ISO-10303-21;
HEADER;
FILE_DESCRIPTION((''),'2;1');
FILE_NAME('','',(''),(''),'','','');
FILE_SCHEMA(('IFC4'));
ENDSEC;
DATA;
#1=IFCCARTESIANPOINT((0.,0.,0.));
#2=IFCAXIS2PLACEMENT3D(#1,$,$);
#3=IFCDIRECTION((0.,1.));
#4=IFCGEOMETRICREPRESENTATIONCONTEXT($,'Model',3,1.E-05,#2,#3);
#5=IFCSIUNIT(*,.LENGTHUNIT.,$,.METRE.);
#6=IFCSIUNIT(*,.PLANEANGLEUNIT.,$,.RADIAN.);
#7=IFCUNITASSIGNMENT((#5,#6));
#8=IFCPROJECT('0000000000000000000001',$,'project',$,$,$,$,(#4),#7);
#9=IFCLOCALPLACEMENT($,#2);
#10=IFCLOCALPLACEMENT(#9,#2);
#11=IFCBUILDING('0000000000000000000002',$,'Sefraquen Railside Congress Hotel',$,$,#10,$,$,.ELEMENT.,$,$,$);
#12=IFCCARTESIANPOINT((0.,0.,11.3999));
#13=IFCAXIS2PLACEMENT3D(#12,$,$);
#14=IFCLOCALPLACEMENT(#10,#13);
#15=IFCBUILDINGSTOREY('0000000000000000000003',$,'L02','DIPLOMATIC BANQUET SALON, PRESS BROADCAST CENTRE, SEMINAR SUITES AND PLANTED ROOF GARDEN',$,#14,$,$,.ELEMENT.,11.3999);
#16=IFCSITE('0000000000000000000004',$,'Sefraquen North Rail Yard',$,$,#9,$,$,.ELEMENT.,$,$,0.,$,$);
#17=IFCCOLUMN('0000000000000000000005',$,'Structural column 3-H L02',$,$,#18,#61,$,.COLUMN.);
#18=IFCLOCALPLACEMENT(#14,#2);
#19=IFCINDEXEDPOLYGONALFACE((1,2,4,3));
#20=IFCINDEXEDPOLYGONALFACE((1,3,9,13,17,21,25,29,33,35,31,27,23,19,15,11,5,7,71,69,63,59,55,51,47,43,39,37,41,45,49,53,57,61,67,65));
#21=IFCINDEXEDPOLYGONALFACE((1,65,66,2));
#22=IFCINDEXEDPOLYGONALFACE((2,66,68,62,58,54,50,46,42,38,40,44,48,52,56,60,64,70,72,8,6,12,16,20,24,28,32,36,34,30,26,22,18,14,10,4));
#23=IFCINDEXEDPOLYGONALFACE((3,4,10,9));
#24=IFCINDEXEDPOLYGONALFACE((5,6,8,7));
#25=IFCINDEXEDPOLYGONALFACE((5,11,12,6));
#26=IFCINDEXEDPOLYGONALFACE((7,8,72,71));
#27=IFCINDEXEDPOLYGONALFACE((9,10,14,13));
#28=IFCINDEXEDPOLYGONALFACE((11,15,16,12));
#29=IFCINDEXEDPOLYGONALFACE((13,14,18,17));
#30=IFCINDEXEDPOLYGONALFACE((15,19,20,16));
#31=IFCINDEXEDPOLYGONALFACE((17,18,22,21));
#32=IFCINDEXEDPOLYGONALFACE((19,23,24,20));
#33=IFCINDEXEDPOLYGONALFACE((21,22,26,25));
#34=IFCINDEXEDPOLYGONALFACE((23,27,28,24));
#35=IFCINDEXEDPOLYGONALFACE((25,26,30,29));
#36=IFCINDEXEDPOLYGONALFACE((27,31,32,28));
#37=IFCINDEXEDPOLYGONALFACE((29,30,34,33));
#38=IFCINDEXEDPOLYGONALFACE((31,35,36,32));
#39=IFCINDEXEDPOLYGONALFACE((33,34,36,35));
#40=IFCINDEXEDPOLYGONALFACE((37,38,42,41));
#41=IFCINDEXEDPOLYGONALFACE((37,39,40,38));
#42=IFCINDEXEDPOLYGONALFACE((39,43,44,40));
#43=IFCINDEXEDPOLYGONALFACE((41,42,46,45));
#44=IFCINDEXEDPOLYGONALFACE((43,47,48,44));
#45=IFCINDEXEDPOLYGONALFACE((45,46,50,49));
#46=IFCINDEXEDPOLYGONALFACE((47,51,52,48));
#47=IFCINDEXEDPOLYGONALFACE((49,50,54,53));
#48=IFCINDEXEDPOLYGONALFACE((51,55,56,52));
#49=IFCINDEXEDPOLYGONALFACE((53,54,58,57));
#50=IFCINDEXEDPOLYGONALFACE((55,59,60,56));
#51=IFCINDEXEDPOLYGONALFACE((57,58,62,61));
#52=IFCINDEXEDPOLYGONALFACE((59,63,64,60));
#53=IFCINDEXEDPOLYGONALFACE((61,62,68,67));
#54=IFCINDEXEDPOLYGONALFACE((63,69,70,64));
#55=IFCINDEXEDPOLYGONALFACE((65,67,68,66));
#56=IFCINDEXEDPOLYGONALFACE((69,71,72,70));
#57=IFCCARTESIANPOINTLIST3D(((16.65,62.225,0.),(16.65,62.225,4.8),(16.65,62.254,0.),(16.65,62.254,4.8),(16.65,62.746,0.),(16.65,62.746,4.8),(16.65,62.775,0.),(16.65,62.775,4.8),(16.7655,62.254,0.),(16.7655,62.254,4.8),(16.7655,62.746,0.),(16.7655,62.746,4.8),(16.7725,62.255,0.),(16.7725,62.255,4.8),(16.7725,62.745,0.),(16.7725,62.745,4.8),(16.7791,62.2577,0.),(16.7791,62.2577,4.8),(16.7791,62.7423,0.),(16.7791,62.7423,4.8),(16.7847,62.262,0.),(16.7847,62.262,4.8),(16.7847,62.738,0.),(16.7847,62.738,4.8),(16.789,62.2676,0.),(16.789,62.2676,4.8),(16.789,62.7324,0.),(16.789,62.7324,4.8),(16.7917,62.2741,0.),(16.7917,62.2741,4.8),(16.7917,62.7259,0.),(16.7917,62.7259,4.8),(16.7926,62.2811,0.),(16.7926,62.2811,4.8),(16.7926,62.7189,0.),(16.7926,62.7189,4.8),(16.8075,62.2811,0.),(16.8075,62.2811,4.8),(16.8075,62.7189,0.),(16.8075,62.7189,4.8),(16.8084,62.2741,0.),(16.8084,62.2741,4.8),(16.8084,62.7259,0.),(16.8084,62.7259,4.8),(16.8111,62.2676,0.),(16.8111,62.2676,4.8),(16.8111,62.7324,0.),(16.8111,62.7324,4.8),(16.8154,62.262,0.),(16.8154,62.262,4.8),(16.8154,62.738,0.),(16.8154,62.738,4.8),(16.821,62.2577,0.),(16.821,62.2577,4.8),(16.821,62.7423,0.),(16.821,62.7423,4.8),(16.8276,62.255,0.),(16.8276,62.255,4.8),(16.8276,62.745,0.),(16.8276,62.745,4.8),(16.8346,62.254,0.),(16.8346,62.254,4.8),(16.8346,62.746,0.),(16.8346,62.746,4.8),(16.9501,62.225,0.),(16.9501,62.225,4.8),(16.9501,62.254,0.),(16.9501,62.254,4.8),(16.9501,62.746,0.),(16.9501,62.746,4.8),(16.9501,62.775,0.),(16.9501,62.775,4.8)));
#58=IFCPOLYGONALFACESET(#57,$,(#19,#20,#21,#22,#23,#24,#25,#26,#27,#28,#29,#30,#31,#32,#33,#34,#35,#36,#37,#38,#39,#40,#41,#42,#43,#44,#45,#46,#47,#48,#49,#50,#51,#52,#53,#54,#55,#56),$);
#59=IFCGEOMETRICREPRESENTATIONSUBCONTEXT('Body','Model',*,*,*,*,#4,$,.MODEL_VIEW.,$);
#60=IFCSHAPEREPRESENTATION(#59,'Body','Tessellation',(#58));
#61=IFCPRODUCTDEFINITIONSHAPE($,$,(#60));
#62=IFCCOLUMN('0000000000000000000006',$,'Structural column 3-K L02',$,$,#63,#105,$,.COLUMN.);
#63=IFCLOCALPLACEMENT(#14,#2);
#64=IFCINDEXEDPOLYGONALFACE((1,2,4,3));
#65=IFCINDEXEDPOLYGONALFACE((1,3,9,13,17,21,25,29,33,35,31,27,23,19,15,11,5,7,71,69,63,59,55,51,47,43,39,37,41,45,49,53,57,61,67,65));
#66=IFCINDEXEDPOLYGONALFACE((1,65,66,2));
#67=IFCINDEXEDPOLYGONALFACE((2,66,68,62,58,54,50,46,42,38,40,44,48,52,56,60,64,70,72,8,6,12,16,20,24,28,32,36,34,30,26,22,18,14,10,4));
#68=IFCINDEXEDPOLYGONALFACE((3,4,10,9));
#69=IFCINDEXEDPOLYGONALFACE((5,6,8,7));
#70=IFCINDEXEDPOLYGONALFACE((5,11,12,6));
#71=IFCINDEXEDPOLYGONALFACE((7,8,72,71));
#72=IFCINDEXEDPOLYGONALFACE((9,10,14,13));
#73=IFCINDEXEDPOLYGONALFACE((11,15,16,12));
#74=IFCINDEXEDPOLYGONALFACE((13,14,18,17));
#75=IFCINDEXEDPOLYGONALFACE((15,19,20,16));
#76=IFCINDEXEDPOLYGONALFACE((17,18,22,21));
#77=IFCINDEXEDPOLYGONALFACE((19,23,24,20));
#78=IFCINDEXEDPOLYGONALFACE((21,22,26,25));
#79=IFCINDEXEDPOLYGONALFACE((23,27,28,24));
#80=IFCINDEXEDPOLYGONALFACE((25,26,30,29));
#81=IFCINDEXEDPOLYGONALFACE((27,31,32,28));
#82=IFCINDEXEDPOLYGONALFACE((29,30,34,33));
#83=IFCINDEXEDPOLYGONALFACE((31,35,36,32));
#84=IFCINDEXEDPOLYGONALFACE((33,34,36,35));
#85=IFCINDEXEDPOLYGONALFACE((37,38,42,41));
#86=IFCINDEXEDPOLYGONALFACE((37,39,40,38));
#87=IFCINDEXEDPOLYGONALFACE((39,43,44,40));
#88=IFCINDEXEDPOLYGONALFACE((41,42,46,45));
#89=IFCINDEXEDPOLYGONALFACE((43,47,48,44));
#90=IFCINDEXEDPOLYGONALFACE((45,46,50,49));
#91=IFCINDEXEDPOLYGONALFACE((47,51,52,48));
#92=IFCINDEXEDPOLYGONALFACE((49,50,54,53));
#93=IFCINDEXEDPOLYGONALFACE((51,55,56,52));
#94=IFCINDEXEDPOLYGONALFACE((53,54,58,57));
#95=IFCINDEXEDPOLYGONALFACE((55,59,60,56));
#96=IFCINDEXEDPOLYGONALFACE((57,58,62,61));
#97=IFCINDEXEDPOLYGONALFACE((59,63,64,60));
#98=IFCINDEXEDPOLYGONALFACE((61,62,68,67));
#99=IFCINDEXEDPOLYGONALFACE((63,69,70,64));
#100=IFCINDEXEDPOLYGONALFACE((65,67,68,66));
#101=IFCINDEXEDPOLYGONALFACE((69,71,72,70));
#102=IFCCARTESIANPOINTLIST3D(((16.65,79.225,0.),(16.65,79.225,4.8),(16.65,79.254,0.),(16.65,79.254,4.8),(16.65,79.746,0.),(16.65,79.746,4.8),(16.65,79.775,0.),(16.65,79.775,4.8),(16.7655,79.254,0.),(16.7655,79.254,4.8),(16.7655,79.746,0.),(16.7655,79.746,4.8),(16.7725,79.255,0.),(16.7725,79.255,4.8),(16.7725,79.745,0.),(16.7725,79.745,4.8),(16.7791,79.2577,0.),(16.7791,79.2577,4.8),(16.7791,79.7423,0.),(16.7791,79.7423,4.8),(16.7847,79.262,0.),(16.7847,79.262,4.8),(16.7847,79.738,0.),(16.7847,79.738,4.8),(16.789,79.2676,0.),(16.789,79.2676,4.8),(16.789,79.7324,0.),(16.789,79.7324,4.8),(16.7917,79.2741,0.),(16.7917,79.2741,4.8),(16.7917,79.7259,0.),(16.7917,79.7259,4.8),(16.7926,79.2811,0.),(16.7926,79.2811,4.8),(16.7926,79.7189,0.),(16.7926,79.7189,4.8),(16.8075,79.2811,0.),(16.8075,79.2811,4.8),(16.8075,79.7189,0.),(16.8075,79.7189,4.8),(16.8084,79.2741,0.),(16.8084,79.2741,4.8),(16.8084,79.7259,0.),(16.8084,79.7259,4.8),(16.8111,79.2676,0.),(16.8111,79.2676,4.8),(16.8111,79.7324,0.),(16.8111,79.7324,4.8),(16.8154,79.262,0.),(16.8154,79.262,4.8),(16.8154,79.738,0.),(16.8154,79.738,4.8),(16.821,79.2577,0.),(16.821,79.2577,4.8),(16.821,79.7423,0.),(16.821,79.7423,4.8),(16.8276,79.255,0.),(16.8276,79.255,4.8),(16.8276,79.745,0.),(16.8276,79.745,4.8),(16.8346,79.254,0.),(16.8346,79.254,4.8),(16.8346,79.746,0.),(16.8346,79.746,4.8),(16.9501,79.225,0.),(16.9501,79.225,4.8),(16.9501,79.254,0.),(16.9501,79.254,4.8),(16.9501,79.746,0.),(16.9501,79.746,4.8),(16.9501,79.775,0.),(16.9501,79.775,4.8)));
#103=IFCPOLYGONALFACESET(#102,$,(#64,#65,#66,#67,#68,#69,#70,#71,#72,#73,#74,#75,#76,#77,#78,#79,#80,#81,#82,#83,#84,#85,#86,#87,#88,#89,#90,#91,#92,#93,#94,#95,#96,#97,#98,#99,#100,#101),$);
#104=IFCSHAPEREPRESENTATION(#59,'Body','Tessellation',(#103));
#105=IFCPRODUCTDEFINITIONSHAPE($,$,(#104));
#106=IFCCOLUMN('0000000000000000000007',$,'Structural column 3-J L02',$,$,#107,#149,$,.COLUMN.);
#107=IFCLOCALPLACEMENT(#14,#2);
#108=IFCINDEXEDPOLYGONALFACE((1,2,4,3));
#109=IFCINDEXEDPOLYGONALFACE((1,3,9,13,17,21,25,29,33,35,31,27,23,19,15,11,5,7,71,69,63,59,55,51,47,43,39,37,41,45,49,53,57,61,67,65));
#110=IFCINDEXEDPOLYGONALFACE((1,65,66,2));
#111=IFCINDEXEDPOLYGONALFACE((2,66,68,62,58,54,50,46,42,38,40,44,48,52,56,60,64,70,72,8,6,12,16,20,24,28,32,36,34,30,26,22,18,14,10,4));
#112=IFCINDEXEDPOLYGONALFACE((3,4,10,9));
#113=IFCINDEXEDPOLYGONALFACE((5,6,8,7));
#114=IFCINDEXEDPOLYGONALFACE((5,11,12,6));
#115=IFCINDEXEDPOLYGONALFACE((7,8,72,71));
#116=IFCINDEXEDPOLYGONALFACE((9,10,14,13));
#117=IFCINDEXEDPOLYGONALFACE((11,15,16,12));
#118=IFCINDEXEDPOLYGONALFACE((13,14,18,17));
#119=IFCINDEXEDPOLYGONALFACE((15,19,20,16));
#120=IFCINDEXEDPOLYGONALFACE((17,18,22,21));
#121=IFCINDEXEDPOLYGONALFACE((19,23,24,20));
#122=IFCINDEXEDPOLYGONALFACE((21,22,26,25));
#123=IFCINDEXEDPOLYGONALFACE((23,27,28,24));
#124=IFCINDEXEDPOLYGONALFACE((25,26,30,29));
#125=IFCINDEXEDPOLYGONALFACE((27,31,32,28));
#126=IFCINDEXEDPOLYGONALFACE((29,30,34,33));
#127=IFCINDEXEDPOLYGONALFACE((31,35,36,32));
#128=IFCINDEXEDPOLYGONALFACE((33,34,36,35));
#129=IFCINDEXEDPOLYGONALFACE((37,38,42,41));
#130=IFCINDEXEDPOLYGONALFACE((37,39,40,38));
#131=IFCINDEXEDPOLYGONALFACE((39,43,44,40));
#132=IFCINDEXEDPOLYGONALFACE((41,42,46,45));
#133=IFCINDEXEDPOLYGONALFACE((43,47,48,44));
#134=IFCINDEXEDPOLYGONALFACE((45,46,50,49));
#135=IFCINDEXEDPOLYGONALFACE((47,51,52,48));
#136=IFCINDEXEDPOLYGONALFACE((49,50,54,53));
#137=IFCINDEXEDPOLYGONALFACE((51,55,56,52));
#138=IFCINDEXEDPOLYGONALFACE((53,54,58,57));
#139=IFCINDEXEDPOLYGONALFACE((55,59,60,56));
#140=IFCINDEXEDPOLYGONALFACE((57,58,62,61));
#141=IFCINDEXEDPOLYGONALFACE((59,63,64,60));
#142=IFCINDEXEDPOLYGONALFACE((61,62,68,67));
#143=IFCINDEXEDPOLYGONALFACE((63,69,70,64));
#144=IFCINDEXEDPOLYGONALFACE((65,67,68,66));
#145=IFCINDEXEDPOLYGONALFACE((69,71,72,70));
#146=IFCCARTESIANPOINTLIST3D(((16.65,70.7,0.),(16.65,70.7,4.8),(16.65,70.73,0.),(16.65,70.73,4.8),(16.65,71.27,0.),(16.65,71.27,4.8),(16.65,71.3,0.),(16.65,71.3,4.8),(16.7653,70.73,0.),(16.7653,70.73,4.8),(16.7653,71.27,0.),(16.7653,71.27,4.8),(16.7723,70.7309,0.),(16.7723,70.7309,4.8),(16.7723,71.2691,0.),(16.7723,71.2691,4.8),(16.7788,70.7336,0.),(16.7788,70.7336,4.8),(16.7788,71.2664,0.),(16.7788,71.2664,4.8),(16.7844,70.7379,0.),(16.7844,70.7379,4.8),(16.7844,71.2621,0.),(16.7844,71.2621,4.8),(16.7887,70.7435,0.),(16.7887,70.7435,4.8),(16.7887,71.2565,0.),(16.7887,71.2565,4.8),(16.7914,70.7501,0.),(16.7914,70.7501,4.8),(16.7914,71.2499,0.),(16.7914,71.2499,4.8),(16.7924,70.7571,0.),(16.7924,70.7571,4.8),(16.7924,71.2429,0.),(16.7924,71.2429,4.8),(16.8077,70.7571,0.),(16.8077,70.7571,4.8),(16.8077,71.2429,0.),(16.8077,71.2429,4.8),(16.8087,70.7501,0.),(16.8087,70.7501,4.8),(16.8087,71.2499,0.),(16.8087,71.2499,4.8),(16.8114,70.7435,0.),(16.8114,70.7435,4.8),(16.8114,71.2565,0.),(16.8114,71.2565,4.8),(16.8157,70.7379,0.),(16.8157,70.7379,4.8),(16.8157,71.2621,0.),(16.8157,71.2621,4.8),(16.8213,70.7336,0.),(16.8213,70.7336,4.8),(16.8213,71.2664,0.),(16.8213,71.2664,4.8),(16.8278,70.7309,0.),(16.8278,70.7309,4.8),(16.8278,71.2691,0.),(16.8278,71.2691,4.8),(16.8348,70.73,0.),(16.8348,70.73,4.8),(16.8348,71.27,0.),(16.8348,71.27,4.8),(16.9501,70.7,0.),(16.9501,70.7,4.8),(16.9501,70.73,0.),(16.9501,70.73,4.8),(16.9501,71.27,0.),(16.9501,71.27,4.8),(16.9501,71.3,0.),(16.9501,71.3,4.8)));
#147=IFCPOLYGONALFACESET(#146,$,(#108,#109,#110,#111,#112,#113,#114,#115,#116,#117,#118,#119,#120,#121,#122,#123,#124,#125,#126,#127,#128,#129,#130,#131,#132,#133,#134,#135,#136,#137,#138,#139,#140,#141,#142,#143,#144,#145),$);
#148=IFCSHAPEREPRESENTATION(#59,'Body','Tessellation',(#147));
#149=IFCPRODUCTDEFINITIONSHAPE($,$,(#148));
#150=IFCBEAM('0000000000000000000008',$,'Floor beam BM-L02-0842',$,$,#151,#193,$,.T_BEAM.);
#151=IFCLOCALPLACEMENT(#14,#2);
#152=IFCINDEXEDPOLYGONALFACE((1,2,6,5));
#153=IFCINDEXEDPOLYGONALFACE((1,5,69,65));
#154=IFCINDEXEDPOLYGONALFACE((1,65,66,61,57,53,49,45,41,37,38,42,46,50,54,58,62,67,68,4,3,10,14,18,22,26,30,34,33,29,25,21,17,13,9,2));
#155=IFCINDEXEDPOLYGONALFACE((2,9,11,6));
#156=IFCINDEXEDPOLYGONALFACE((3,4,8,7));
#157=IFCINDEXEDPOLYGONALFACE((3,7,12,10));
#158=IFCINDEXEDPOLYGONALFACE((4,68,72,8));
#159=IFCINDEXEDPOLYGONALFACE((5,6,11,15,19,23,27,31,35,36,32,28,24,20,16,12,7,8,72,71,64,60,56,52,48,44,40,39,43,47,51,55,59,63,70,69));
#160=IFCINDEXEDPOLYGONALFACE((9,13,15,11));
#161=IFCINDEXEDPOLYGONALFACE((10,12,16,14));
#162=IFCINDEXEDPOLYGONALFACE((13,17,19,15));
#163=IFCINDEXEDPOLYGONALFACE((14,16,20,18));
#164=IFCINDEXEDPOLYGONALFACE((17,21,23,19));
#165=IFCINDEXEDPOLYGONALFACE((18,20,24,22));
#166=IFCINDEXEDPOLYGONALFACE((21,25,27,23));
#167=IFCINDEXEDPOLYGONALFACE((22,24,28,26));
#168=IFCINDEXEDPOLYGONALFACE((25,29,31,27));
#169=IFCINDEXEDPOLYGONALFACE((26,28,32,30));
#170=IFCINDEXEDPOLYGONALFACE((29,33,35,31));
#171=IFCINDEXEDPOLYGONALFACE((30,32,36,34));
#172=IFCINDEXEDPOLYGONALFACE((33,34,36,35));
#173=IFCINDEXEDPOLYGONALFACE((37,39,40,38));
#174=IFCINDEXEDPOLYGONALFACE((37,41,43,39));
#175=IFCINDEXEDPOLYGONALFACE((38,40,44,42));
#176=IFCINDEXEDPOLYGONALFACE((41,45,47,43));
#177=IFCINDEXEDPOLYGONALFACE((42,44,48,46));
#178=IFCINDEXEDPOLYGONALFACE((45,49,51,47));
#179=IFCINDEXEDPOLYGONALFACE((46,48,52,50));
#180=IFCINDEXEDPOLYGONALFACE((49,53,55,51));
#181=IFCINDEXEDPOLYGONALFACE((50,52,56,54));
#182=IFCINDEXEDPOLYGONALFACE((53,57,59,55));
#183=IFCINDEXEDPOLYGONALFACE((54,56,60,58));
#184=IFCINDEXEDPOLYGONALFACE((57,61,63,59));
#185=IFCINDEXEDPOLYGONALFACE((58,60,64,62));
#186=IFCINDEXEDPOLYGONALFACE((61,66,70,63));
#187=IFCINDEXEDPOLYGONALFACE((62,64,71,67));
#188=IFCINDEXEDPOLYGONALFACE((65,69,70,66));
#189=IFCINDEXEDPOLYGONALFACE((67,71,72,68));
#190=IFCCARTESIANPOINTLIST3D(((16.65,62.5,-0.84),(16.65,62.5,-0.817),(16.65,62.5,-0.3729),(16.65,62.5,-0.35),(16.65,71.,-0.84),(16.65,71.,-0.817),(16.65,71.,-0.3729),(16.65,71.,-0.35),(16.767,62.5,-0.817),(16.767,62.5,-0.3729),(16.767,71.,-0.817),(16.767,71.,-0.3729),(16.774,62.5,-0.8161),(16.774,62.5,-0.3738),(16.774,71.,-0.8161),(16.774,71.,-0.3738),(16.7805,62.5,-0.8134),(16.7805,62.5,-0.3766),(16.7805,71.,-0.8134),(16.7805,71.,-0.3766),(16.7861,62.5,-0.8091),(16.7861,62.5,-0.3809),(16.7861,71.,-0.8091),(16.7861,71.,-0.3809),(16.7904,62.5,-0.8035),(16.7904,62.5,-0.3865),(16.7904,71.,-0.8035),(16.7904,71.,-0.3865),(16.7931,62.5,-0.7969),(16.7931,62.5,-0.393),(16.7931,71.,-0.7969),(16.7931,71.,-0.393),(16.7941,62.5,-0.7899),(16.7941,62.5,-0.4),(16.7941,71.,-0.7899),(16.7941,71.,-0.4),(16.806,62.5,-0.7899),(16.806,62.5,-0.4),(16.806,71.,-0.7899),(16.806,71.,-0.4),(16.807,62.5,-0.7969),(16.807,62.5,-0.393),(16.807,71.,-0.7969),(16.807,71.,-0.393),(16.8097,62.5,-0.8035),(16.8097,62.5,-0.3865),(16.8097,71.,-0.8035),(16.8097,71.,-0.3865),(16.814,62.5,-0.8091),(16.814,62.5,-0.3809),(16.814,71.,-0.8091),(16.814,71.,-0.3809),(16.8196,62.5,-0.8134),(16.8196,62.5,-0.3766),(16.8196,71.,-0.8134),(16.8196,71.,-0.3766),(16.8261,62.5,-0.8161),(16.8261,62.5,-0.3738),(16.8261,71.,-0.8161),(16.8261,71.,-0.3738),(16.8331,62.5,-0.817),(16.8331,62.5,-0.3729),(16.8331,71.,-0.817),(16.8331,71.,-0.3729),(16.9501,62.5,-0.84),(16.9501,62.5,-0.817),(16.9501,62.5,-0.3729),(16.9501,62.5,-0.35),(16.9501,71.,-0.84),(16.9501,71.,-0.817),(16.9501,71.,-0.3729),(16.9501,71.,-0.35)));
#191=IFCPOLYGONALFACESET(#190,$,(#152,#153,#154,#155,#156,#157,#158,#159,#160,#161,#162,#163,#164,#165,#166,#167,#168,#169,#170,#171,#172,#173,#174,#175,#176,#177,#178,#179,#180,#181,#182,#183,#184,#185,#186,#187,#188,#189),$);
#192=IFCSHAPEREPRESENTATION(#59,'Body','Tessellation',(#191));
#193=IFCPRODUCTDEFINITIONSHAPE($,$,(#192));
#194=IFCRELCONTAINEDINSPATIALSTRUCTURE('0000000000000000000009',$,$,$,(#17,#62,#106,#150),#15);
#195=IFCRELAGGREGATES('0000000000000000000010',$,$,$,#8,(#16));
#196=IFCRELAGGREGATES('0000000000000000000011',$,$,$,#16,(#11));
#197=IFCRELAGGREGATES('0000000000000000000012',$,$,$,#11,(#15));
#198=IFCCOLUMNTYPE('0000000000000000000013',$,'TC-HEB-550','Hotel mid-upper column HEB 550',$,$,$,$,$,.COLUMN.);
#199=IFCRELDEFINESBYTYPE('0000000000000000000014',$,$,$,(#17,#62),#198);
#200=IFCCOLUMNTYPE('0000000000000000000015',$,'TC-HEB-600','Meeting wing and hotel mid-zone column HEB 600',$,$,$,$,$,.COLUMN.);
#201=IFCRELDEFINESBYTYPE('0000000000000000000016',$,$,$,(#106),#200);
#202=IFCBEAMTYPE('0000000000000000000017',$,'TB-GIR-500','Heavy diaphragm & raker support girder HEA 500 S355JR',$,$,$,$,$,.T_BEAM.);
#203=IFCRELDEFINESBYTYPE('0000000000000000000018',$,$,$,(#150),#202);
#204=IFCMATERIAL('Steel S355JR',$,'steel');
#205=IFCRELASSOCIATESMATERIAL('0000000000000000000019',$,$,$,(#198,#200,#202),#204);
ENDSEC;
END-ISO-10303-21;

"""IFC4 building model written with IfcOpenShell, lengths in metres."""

from ifc_helpers import new_model, si_unit, direction, frame, origin, origin_2d, place, context, subcontext, project, spatial, i_section, extrude, material, material_profile, profile_set, type_object, element, save


model = new_model("IFC4")

# Units and contexts
model_context = context("Model", 3, precision=1e-05, world=origin(), true_north=direction((0.0, 1.0)))
body_context = subcontext(model_context, "Body", "Model", "MODEL_VIEW")
ifc_project = project(units=[si_unit("LENGTHUNIT", "METRE"), si_unit("PLANEANGLEUNIT", "RADIAN")], contexts=[model_context])

# Site, building, storey
site_placement = place(None, origin())
site = spatial("IfcSite", under=ifc_project, at=site_placement, Name="Sefraquen North Rail Yard", CompositionType="ELEMENT", RefElevation=0.0)
building_placement = place(site_placement, origin())
building = spatial("IfcBuilding", under=site, at=building_placement, Name="Sefraquen Railside Congress Hotel", CompositionType="ELEMENT")
storey_placement = place(building_placement, frame((0.0, 0.0, 11.3999)))
storey = spatial("IfcBuildingStorey", under=building, at=storey_placement, Name="L02", Description="DIPLOMATIC BANQUET SALON, PRESS BROADCAST CENTRE, SEMINAR SUITES AND PLANTED ROOF GARDEN", CompositionType="ELEMENT", Elevation=11.3999)

# Columns
ifc_material_1 = material(Name="Steel S355JR", Category="steel")
ifc_material_profile_1 = material_profile(ifc_material_1, i_section(OverallWidth=0.3, OverallDepth=0.55, WebThickness=0.0149, FlangeThickness=0.0291, FilletRadius=0.0271, at=origin_2d()), Name="HEB 550")
ifc_profile_set_1 = profile_set([ifc_material_profile_1], Name="Steel S355JR")
column_type_1 = type_object("IfcColumnType", Name="TC-HEB-550", Description="Hotel mid-upper column HEB 550", PredefinedType="COLUMN", material=ifc_profile_set_1)
for number, where, z_axis, x_axis, name in (
    (1, (16.8, 62.5, 0.0), (0.0, 0.0, 1.0), (1.0, 0.0, 0.0), "Structural column 3-H L02"),
    (2, (16.8, 79.5, 0.0), (0.0, 0.0, 1.0), (1.0, 0.0, 0.0), "Structural column 3-K L02"),
):
    element("IfcColumn", number, at=place(storey_placement, frame(where, z_axis=z_axis, x_axis=x_axis)), inside=storey, type_object=column_type_1, Name=name, PredefinedType="COLUMN", context=body_context, shape_type="SweptSolid", body=[
        extrude(i_section(OverallWidth=0.3, OverallDepth=0.55, WebThickness=0.0149, FlangeThickness=0.0291, FilletRadius=0.0271, at=origin_2d()), origin(), (0.0, 0.0, 1.0), 4.8),
    ])
ifc_material_profile_2 = material_profile(ifc_material_1, i_section(OverallWidth=0.3, OverallDepth=0.6001, WebThickness=0.0154, FlangeThickness=0.03, FilletRadius=0.0271, at=origin_2d()), Name="HEB 600")
ifc_profile_set_2 = profile_set([ifc_material_profile_2], Name="Steel S355JR")
column_type_2 = type_object("IfcColumnType", Name="TC-HEB-600", Description="Meeting wing and hotel mid-zone column HEB 600", PredefinedType="COLUMN", material=ifc_profile_set_2)
column_placement = place(storey_placement, frame((16.8, 71.0, 0.0), z_axis=(0.0, 0.0, 1.0), x_axis=(1.0, 0.0, 0.0)))
element("IfcColumn", 3, at=column_placement, inside=storey, type_object=column_type_2, Name="Structural column 3-J L02", PredefinedType="COLUMN", context=body_context, shape_type="SweptSolid", body=[
    extrude(i_section(OverallWidth=0.3, OverallDepth=0.6001, WebThickness=0.0154, FlangeThickness=0.03, FilletRadius=0.0271, at=origin_2d()), origin(), (0.0, 0.0, 1.0), 4.8),
])

# Beam
ifc_material_profile_3 = material_profile(ifc_material_1, i_section(OverallWidth=0.3, OverallDepth=0.49, WebThickness=0.012, FlangeThickness=0.0229, FilletRadius=0.0271, at=origin_2d()), Name="HEA 500")
ifc_profile_set_3 = profile_set([ifc_material_profile_3], Name="Steel S355JR")
beam_type_1 = type_object("IfcBeamType", Name="TB-GIR-500", Description="Heavy diaphragm & raker support girder HEA 500 S355JR", PredefinedType="T_BEAM", material=ifc_profile_set_3)
for number, where, z_axis, x_axis, name in (
    (4, (16.8, 62.5, -0.595), (0.0, 1.0, 0.0), (-1.0, 0.0, 0.0), "Floor beam BM-L02-0842"),
):
    element("IfcBeam", number, at=place(storey_placement, frame(where, z_axis=z_axis, x_axis=x_axis)), inside=storey, type_object=beam_type_1, Name=name, PredefinedType="T_BEAM", context=body_context, shape_type="SweptSolid", body=[
        extrude(i_section(OverallWidth=0.3, OverallDepth=0.49, WebThickness=0.012, FlangeThickness=0.0229, FilletRadius=0.0271, at=origin_2d()), origin(), (0.0, 0.0, 1.0), 8.5),
    ])

save(model, "model.ifc")
